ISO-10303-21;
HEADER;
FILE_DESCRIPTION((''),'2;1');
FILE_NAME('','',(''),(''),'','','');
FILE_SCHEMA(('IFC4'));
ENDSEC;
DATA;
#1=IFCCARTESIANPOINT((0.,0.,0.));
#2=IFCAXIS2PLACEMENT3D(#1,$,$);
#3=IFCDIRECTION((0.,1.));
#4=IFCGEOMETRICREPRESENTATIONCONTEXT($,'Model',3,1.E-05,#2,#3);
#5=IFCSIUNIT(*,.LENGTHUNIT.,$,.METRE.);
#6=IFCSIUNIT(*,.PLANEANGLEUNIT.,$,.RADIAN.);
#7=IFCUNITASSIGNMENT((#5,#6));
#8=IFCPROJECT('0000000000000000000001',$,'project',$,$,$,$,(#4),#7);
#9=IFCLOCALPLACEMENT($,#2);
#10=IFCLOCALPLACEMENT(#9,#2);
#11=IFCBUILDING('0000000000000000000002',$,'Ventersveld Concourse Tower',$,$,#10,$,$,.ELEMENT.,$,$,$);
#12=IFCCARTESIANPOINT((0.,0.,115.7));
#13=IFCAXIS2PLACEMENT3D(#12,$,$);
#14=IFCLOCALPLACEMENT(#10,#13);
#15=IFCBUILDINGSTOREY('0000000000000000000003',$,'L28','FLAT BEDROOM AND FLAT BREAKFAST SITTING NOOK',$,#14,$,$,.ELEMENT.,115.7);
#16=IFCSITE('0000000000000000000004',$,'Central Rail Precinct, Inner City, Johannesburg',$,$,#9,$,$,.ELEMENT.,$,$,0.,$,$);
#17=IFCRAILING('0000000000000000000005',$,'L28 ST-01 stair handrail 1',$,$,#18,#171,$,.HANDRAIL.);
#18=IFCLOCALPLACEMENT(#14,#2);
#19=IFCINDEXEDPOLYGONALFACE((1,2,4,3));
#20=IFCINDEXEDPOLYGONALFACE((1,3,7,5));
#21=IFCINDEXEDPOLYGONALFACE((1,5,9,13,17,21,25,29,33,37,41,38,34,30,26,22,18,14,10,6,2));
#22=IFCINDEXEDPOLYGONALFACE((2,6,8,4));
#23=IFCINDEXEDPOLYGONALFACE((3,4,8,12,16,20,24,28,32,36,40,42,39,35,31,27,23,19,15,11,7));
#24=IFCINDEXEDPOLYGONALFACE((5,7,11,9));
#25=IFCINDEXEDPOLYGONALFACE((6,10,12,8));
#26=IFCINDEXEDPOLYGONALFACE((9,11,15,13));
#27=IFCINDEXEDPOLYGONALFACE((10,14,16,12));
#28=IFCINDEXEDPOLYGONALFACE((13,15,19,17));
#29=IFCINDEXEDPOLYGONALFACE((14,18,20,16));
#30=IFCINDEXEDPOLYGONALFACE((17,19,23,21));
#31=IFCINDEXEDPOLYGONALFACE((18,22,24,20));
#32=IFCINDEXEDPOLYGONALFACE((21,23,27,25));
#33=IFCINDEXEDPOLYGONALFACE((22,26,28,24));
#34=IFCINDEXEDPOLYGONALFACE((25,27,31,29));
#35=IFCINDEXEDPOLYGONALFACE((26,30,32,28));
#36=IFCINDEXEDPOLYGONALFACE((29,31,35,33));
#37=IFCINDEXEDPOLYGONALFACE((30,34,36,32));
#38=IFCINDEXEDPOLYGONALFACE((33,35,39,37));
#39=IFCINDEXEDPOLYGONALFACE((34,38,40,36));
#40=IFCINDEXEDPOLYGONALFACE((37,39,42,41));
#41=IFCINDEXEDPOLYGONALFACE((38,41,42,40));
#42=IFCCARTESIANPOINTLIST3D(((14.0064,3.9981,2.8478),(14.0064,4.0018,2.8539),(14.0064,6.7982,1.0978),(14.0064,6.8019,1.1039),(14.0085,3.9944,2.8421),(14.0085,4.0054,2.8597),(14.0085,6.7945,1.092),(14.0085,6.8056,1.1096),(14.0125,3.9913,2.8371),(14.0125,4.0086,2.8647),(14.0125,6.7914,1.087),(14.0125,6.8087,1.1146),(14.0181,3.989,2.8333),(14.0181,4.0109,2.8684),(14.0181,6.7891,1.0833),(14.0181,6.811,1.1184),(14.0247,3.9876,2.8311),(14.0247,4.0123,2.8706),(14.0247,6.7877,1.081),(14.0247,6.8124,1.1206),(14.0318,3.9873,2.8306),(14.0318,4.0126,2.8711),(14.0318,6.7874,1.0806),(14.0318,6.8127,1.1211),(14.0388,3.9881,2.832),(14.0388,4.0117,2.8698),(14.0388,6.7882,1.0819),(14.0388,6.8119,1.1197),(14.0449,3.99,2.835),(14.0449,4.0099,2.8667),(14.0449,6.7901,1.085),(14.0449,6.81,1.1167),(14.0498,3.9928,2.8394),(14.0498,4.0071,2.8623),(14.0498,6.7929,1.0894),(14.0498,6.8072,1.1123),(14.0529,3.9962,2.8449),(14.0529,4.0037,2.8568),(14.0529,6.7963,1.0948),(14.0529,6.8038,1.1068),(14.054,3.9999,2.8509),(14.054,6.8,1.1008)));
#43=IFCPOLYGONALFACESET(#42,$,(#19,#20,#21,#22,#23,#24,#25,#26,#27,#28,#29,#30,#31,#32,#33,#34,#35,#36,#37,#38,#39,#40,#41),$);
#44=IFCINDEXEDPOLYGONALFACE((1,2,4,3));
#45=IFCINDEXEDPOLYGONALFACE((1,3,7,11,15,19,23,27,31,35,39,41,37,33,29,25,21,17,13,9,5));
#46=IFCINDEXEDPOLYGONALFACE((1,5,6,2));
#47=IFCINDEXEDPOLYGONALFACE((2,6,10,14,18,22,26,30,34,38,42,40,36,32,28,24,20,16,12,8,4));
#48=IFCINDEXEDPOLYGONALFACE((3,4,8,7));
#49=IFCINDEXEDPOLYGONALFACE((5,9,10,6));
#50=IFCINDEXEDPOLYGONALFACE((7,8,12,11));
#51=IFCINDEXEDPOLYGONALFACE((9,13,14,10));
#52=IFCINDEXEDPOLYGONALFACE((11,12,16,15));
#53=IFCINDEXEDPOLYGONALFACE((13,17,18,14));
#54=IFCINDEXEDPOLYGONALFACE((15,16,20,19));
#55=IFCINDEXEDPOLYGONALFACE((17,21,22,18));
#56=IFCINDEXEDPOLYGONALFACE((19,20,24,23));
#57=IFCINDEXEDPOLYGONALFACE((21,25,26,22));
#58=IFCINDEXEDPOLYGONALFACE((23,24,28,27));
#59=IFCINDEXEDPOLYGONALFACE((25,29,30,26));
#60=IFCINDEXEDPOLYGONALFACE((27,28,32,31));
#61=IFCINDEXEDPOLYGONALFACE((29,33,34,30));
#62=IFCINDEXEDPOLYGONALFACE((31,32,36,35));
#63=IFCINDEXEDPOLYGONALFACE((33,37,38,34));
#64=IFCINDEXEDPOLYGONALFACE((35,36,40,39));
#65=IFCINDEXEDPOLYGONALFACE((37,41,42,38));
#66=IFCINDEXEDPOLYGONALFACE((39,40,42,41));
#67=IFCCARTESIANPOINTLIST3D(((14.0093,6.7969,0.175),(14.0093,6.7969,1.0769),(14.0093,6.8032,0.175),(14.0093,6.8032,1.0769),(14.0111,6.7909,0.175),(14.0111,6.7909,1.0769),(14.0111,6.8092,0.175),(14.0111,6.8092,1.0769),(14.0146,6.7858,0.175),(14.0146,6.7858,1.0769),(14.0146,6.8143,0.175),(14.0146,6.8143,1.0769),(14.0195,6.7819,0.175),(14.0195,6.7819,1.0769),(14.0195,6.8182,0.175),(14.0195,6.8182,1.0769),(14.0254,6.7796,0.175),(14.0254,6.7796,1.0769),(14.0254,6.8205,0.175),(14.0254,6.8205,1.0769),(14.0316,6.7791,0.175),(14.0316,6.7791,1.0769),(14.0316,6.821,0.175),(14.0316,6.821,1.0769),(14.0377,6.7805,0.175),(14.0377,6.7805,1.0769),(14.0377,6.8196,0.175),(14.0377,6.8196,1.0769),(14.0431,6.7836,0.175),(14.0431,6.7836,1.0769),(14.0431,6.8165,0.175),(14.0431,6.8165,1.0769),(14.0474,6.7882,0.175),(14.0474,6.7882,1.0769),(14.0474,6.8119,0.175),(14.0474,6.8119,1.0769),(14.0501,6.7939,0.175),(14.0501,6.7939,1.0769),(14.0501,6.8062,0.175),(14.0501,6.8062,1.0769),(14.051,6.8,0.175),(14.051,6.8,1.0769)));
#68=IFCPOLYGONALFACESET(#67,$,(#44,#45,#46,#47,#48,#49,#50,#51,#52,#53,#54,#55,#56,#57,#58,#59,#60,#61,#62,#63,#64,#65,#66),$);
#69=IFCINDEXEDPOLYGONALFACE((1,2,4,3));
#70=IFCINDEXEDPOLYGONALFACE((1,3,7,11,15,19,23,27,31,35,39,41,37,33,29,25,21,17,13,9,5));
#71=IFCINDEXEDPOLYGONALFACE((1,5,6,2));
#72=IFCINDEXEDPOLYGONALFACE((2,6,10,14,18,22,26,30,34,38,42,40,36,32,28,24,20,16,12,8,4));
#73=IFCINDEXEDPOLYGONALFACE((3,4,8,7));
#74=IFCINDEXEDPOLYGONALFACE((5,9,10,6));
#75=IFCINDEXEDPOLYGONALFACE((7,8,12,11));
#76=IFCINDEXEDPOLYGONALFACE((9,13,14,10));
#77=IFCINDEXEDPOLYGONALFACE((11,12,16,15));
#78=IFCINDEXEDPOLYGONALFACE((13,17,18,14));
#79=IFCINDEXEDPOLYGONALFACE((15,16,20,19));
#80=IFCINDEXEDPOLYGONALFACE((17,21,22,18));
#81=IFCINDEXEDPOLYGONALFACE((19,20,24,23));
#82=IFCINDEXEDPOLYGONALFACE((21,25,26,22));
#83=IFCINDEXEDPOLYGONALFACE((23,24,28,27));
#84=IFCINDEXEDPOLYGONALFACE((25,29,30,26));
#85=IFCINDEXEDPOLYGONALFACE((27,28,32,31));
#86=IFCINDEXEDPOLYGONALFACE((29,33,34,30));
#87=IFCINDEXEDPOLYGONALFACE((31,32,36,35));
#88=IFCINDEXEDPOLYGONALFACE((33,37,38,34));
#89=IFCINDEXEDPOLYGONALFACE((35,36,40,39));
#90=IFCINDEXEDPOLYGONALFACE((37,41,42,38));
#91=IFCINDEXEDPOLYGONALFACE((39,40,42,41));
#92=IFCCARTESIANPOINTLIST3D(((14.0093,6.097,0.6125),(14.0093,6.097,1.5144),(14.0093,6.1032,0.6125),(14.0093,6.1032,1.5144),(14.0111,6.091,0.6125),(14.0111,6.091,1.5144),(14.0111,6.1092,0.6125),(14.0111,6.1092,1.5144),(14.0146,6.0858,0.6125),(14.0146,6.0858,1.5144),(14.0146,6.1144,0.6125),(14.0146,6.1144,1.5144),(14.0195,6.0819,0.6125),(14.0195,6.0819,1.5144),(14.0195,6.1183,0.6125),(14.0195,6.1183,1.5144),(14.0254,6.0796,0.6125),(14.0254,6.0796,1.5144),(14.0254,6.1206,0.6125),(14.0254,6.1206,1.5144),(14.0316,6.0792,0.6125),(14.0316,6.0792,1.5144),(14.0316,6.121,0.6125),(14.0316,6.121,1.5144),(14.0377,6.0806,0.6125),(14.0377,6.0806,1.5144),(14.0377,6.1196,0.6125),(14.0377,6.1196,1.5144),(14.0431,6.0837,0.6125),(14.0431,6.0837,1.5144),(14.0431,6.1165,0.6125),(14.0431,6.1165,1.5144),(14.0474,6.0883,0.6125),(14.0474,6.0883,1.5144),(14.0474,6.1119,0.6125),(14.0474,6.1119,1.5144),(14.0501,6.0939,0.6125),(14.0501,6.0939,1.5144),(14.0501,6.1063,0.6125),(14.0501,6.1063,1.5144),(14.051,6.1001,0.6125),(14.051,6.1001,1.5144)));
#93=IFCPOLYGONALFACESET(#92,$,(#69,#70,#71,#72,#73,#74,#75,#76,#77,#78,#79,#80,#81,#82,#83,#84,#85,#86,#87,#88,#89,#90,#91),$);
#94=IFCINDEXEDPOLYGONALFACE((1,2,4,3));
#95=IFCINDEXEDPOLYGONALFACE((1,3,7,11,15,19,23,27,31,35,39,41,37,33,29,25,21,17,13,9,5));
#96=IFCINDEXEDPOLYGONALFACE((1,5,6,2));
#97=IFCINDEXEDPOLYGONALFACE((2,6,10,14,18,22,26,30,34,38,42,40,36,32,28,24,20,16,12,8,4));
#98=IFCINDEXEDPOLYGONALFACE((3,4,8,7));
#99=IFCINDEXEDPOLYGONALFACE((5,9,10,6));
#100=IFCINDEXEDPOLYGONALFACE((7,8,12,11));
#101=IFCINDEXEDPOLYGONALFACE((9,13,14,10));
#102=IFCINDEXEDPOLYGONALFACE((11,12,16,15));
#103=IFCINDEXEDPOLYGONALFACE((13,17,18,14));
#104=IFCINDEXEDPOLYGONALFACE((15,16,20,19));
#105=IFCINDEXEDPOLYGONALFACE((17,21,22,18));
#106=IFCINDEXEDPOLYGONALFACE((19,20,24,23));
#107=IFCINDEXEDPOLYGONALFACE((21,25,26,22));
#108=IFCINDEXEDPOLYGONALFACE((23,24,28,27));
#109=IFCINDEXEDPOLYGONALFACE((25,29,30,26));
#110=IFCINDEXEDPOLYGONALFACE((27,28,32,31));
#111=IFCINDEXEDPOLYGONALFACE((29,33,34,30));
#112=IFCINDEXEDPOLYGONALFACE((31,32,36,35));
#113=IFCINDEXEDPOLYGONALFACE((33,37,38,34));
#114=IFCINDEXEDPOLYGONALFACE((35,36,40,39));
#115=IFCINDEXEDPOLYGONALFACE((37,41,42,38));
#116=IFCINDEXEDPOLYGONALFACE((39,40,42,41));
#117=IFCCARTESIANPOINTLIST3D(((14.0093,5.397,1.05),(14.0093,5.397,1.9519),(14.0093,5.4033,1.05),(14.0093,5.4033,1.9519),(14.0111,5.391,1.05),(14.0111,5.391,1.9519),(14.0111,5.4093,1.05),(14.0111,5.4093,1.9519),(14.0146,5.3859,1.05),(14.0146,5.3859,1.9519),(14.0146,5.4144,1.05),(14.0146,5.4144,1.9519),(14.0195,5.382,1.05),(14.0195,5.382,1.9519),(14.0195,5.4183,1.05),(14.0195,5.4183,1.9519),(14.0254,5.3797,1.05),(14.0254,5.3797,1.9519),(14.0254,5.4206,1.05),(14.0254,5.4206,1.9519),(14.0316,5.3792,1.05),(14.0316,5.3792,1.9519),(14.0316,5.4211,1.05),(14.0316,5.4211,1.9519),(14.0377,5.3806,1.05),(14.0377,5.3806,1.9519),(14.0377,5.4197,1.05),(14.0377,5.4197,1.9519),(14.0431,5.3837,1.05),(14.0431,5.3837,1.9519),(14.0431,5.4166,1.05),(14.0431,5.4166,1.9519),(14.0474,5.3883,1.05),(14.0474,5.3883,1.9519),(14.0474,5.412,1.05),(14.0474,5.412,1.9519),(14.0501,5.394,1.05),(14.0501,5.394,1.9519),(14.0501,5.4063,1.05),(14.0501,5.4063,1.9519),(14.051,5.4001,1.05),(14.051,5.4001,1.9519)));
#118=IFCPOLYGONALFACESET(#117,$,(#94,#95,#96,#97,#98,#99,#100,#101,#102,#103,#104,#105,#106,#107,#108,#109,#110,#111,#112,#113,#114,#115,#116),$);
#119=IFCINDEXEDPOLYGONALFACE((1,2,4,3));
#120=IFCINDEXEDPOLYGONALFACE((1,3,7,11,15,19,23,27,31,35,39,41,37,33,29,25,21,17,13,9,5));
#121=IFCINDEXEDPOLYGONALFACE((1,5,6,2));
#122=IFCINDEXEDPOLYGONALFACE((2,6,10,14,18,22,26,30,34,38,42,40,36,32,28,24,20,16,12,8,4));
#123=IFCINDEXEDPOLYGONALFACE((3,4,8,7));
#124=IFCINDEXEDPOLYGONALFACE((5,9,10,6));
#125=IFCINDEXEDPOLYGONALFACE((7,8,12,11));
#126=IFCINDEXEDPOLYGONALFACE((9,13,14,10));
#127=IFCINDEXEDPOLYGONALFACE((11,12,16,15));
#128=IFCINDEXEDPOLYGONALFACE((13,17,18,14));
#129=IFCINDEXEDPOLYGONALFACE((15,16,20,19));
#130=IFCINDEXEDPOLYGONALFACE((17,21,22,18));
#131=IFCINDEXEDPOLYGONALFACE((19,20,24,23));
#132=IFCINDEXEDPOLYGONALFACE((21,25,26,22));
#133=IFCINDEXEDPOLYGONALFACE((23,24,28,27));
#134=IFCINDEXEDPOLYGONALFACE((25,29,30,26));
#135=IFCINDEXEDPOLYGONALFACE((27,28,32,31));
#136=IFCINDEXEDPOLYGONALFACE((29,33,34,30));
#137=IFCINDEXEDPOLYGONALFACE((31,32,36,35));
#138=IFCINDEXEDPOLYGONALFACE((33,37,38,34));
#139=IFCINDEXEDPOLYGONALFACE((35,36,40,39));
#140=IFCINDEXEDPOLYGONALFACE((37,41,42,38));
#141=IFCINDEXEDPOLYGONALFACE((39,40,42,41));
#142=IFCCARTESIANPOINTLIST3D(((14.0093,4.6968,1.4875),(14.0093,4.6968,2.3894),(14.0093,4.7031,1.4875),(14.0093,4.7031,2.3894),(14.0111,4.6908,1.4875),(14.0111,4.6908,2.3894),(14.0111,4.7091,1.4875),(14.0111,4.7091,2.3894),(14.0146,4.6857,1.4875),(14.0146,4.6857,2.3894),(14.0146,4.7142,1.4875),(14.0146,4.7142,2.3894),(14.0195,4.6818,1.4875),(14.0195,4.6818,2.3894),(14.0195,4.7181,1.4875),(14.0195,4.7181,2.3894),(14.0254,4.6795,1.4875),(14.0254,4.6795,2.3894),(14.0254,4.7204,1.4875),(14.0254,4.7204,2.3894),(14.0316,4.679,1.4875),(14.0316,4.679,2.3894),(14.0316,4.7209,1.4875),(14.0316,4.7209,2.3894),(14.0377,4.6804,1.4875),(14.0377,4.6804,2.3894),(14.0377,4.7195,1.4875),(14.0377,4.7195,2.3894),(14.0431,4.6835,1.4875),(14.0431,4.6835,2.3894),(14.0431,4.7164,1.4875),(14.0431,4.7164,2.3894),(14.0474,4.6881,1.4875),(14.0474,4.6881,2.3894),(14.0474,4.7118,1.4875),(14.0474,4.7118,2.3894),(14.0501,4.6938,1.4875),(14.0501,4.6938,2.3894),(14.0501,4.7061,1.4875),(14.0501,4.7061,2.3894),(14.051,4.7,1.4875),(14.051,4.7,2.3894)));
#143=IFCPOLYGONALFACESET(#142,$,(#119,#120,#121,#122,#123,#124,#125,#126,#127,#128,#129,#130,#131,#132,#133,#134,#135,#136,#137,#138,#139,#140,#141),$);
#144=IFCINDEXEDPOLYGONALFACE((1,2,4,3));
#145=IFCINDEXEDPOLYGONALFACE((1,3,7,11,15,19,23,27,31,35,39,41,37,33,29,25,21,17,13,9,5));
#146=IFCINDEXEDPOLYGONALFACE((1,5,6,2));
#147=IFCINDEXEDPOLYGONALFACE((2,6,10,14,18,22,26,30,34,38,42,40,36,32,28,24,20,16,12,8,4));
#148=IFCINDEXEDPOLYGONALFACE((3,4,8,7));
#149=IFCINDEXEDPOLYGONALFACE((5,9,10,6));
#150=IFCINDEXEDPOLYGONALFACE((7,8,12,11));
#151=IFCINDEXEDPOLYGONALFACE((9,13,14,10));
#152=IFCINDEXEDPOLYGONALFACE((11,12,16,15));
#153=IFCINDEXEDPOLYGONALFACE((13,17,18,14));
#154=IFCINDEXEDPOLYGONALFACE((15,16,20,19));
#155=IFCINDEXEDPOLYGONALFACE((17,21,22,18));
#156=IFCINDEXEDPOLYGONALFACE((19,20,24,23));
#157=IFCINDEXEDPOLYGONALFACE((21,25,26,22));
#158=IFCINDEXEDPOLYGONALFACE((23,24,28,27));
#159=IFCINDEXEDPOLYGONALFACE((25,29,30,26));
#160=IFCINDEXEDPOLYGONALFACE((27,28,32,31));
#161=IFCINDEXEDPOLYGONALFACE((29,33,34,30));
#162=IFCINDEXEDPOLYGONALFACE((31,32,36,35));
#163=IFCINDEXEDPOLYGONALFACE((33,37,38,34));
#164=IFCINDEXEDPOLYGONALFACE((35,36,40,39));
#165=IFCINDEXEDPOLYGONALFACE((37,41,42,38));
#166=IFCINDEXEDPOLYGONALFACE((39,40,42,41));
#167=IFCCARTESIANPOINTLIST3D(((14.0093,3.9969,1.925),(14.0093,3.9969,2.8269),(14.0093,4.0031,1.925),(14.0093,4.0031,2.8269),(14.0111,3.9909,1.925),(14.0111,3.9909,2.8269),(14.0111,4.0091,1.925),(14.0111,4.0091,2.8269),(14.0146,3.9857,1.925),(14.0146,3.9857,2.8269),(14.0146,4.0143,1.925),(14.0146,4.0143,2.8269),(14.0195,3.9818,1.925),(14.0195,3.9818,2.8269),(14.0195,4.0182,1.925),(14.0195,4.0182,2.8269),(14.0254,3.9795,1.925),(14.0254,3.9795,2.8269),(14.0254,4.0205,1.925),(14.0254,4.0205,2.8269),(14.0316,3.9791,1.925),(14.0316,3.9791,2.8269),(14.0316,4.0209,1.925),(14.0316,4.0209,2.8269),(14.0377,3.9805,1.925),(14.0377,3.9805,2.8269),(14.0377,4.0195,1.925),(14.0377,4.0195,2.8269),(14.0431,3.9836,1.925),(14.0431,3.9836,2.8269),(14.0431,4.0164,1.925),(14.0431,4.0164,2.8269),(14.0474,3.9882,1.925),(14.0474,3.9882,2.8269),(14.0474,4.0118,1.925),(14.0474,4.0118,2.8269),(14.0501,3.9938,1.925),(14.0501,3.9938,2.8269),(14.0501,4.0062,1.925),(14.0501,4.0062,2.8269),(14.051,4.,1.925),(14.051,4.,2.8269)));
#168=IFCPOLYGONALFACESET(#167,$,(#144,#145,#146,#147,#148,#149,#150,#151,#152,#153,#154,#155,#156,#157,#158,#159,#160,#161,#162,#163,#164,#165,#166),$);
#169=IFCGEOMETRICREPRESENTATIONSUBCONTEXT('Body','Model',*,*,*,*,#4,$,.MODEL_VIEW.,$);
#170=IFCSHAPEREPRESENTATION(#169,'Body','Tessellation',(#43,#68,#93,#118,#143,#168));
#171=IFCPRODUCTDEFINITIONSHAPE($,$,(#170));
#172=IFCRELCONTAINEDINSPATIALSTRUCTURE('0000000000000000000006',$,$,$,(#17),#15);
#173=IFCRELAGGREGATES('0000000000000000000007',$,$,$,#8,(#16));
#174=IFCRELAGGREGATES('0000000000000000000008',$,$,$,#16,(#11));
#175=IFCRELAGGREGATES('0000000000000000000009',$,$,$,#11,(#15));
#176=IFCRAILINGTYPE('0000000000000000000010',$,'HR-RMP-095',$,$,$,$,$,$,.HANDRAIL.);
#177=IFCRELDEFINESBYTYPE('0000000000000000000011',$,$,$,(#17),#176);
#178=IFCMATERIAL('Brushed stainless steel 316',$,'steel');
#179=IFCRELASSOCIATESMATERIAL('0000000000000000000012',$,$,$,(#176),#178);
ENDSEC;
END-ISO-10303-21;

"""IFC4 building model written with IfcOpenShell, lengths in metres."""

from ifc_helpers import new_model, si_unit, direction, frame, origin, origin_2d, place, context, subcontext, project, spatial, circle, extrude, material, type_object, element, save


model = new_model("IFC4")

# Units and contexts
model_context = context("Model", 3, precision=1e-05, world=origin(), true_north=direction((0.0, 1.0)))
body_context = subcontext(model_context, "Body", "Model", "MODEL_VIEW")
ifc_project = project(units=[si_unit("LENGTHUNIT", "METRE"), si_unit("PLANEANGLEUNIT", "RADIAN")], contexts=[model_context])

# Site, building, storey
site_placement = place(None, origin())
site = spatial("IfcSite", under=ifc_project, at=site_placement, Name="Central Rail Precinct, Inner City, Johannesburg", CompositionType="ELEMENT", RefElevation=0.0)
building_placement = place(site_placement, origin())
building = spatial("IfcBuilding", under=site, at=building_placement, Name="Ventersveld Concourse Tower", CompositionType="ELEMENT")
storey_placement = place(building_placement, frame((0.0, 0.0, 115.7)))
storey = spatial("IfcBuildingStorey", under=building, at=storey_placement, Name="L28", Description="FLAT BEDROOM AND FLAT BREAKFAST SITTING NOOK", CompositionType="ELEMENT", Elevation=115.7)

# Railing
ifc_material_1 = material(Name="Brushed stainless steel 316", Category="steel")
railing_type_1 = type_object("IfcRailingType", Name="HR-RMP-095", PredefinedType="HANDRAIL", material=ifc_material_1)
railing_1_placement = place(storey_placement, frame((14.03, 6.8, 0.175)))
element("IfcRailing", 1, at=railing_1_placement, inside=storey, type_object=railing_type_1, Name="L28 ST-01 stair handrail 1", PredefinedType="HANDRAIL", context=body_context, shape_type="SweptSolid", body=[
    extrude(circle(Radius=0.0239, at=origin_2d()), frame((0.0, 0.0, 0.9258), z_axis=(0.0, -0.848002, 0.529992), x_axis=(1.0, 0.0, 0.0)), (0.0, 0.0, 1.0), 3.302),
    extrude(circle(Radius=0.021, at=origin_2d()), origin(), (0.0, 0.0, 1.0), 0.9019),
    extrude(circle(Radius=0.021, at=origin_2d()), frame((0.0, -0.7, 0.4375)), (0.0, 0.0, 1.0), 0.9019),
    extrude(circle(Radius=0.021, at=origin_2d()), frame((0.0, -1.3999, 0.875)), (0.0, 0.0, 1.0), 0.9019),
    extrude(circle(Radius=0.021, at=origin_2d()), frame((0.0, -2.1001, 1.3125)), (0.0, 0.0, 1.0), 0.9019),
    extrude(circle(Radius=0.021, at=origin_2d()), frame((0.0, -2.8, 1.75)), (0.0, 0.0, 1.0), 0.9019),
])

save(model, "model.ifc")
